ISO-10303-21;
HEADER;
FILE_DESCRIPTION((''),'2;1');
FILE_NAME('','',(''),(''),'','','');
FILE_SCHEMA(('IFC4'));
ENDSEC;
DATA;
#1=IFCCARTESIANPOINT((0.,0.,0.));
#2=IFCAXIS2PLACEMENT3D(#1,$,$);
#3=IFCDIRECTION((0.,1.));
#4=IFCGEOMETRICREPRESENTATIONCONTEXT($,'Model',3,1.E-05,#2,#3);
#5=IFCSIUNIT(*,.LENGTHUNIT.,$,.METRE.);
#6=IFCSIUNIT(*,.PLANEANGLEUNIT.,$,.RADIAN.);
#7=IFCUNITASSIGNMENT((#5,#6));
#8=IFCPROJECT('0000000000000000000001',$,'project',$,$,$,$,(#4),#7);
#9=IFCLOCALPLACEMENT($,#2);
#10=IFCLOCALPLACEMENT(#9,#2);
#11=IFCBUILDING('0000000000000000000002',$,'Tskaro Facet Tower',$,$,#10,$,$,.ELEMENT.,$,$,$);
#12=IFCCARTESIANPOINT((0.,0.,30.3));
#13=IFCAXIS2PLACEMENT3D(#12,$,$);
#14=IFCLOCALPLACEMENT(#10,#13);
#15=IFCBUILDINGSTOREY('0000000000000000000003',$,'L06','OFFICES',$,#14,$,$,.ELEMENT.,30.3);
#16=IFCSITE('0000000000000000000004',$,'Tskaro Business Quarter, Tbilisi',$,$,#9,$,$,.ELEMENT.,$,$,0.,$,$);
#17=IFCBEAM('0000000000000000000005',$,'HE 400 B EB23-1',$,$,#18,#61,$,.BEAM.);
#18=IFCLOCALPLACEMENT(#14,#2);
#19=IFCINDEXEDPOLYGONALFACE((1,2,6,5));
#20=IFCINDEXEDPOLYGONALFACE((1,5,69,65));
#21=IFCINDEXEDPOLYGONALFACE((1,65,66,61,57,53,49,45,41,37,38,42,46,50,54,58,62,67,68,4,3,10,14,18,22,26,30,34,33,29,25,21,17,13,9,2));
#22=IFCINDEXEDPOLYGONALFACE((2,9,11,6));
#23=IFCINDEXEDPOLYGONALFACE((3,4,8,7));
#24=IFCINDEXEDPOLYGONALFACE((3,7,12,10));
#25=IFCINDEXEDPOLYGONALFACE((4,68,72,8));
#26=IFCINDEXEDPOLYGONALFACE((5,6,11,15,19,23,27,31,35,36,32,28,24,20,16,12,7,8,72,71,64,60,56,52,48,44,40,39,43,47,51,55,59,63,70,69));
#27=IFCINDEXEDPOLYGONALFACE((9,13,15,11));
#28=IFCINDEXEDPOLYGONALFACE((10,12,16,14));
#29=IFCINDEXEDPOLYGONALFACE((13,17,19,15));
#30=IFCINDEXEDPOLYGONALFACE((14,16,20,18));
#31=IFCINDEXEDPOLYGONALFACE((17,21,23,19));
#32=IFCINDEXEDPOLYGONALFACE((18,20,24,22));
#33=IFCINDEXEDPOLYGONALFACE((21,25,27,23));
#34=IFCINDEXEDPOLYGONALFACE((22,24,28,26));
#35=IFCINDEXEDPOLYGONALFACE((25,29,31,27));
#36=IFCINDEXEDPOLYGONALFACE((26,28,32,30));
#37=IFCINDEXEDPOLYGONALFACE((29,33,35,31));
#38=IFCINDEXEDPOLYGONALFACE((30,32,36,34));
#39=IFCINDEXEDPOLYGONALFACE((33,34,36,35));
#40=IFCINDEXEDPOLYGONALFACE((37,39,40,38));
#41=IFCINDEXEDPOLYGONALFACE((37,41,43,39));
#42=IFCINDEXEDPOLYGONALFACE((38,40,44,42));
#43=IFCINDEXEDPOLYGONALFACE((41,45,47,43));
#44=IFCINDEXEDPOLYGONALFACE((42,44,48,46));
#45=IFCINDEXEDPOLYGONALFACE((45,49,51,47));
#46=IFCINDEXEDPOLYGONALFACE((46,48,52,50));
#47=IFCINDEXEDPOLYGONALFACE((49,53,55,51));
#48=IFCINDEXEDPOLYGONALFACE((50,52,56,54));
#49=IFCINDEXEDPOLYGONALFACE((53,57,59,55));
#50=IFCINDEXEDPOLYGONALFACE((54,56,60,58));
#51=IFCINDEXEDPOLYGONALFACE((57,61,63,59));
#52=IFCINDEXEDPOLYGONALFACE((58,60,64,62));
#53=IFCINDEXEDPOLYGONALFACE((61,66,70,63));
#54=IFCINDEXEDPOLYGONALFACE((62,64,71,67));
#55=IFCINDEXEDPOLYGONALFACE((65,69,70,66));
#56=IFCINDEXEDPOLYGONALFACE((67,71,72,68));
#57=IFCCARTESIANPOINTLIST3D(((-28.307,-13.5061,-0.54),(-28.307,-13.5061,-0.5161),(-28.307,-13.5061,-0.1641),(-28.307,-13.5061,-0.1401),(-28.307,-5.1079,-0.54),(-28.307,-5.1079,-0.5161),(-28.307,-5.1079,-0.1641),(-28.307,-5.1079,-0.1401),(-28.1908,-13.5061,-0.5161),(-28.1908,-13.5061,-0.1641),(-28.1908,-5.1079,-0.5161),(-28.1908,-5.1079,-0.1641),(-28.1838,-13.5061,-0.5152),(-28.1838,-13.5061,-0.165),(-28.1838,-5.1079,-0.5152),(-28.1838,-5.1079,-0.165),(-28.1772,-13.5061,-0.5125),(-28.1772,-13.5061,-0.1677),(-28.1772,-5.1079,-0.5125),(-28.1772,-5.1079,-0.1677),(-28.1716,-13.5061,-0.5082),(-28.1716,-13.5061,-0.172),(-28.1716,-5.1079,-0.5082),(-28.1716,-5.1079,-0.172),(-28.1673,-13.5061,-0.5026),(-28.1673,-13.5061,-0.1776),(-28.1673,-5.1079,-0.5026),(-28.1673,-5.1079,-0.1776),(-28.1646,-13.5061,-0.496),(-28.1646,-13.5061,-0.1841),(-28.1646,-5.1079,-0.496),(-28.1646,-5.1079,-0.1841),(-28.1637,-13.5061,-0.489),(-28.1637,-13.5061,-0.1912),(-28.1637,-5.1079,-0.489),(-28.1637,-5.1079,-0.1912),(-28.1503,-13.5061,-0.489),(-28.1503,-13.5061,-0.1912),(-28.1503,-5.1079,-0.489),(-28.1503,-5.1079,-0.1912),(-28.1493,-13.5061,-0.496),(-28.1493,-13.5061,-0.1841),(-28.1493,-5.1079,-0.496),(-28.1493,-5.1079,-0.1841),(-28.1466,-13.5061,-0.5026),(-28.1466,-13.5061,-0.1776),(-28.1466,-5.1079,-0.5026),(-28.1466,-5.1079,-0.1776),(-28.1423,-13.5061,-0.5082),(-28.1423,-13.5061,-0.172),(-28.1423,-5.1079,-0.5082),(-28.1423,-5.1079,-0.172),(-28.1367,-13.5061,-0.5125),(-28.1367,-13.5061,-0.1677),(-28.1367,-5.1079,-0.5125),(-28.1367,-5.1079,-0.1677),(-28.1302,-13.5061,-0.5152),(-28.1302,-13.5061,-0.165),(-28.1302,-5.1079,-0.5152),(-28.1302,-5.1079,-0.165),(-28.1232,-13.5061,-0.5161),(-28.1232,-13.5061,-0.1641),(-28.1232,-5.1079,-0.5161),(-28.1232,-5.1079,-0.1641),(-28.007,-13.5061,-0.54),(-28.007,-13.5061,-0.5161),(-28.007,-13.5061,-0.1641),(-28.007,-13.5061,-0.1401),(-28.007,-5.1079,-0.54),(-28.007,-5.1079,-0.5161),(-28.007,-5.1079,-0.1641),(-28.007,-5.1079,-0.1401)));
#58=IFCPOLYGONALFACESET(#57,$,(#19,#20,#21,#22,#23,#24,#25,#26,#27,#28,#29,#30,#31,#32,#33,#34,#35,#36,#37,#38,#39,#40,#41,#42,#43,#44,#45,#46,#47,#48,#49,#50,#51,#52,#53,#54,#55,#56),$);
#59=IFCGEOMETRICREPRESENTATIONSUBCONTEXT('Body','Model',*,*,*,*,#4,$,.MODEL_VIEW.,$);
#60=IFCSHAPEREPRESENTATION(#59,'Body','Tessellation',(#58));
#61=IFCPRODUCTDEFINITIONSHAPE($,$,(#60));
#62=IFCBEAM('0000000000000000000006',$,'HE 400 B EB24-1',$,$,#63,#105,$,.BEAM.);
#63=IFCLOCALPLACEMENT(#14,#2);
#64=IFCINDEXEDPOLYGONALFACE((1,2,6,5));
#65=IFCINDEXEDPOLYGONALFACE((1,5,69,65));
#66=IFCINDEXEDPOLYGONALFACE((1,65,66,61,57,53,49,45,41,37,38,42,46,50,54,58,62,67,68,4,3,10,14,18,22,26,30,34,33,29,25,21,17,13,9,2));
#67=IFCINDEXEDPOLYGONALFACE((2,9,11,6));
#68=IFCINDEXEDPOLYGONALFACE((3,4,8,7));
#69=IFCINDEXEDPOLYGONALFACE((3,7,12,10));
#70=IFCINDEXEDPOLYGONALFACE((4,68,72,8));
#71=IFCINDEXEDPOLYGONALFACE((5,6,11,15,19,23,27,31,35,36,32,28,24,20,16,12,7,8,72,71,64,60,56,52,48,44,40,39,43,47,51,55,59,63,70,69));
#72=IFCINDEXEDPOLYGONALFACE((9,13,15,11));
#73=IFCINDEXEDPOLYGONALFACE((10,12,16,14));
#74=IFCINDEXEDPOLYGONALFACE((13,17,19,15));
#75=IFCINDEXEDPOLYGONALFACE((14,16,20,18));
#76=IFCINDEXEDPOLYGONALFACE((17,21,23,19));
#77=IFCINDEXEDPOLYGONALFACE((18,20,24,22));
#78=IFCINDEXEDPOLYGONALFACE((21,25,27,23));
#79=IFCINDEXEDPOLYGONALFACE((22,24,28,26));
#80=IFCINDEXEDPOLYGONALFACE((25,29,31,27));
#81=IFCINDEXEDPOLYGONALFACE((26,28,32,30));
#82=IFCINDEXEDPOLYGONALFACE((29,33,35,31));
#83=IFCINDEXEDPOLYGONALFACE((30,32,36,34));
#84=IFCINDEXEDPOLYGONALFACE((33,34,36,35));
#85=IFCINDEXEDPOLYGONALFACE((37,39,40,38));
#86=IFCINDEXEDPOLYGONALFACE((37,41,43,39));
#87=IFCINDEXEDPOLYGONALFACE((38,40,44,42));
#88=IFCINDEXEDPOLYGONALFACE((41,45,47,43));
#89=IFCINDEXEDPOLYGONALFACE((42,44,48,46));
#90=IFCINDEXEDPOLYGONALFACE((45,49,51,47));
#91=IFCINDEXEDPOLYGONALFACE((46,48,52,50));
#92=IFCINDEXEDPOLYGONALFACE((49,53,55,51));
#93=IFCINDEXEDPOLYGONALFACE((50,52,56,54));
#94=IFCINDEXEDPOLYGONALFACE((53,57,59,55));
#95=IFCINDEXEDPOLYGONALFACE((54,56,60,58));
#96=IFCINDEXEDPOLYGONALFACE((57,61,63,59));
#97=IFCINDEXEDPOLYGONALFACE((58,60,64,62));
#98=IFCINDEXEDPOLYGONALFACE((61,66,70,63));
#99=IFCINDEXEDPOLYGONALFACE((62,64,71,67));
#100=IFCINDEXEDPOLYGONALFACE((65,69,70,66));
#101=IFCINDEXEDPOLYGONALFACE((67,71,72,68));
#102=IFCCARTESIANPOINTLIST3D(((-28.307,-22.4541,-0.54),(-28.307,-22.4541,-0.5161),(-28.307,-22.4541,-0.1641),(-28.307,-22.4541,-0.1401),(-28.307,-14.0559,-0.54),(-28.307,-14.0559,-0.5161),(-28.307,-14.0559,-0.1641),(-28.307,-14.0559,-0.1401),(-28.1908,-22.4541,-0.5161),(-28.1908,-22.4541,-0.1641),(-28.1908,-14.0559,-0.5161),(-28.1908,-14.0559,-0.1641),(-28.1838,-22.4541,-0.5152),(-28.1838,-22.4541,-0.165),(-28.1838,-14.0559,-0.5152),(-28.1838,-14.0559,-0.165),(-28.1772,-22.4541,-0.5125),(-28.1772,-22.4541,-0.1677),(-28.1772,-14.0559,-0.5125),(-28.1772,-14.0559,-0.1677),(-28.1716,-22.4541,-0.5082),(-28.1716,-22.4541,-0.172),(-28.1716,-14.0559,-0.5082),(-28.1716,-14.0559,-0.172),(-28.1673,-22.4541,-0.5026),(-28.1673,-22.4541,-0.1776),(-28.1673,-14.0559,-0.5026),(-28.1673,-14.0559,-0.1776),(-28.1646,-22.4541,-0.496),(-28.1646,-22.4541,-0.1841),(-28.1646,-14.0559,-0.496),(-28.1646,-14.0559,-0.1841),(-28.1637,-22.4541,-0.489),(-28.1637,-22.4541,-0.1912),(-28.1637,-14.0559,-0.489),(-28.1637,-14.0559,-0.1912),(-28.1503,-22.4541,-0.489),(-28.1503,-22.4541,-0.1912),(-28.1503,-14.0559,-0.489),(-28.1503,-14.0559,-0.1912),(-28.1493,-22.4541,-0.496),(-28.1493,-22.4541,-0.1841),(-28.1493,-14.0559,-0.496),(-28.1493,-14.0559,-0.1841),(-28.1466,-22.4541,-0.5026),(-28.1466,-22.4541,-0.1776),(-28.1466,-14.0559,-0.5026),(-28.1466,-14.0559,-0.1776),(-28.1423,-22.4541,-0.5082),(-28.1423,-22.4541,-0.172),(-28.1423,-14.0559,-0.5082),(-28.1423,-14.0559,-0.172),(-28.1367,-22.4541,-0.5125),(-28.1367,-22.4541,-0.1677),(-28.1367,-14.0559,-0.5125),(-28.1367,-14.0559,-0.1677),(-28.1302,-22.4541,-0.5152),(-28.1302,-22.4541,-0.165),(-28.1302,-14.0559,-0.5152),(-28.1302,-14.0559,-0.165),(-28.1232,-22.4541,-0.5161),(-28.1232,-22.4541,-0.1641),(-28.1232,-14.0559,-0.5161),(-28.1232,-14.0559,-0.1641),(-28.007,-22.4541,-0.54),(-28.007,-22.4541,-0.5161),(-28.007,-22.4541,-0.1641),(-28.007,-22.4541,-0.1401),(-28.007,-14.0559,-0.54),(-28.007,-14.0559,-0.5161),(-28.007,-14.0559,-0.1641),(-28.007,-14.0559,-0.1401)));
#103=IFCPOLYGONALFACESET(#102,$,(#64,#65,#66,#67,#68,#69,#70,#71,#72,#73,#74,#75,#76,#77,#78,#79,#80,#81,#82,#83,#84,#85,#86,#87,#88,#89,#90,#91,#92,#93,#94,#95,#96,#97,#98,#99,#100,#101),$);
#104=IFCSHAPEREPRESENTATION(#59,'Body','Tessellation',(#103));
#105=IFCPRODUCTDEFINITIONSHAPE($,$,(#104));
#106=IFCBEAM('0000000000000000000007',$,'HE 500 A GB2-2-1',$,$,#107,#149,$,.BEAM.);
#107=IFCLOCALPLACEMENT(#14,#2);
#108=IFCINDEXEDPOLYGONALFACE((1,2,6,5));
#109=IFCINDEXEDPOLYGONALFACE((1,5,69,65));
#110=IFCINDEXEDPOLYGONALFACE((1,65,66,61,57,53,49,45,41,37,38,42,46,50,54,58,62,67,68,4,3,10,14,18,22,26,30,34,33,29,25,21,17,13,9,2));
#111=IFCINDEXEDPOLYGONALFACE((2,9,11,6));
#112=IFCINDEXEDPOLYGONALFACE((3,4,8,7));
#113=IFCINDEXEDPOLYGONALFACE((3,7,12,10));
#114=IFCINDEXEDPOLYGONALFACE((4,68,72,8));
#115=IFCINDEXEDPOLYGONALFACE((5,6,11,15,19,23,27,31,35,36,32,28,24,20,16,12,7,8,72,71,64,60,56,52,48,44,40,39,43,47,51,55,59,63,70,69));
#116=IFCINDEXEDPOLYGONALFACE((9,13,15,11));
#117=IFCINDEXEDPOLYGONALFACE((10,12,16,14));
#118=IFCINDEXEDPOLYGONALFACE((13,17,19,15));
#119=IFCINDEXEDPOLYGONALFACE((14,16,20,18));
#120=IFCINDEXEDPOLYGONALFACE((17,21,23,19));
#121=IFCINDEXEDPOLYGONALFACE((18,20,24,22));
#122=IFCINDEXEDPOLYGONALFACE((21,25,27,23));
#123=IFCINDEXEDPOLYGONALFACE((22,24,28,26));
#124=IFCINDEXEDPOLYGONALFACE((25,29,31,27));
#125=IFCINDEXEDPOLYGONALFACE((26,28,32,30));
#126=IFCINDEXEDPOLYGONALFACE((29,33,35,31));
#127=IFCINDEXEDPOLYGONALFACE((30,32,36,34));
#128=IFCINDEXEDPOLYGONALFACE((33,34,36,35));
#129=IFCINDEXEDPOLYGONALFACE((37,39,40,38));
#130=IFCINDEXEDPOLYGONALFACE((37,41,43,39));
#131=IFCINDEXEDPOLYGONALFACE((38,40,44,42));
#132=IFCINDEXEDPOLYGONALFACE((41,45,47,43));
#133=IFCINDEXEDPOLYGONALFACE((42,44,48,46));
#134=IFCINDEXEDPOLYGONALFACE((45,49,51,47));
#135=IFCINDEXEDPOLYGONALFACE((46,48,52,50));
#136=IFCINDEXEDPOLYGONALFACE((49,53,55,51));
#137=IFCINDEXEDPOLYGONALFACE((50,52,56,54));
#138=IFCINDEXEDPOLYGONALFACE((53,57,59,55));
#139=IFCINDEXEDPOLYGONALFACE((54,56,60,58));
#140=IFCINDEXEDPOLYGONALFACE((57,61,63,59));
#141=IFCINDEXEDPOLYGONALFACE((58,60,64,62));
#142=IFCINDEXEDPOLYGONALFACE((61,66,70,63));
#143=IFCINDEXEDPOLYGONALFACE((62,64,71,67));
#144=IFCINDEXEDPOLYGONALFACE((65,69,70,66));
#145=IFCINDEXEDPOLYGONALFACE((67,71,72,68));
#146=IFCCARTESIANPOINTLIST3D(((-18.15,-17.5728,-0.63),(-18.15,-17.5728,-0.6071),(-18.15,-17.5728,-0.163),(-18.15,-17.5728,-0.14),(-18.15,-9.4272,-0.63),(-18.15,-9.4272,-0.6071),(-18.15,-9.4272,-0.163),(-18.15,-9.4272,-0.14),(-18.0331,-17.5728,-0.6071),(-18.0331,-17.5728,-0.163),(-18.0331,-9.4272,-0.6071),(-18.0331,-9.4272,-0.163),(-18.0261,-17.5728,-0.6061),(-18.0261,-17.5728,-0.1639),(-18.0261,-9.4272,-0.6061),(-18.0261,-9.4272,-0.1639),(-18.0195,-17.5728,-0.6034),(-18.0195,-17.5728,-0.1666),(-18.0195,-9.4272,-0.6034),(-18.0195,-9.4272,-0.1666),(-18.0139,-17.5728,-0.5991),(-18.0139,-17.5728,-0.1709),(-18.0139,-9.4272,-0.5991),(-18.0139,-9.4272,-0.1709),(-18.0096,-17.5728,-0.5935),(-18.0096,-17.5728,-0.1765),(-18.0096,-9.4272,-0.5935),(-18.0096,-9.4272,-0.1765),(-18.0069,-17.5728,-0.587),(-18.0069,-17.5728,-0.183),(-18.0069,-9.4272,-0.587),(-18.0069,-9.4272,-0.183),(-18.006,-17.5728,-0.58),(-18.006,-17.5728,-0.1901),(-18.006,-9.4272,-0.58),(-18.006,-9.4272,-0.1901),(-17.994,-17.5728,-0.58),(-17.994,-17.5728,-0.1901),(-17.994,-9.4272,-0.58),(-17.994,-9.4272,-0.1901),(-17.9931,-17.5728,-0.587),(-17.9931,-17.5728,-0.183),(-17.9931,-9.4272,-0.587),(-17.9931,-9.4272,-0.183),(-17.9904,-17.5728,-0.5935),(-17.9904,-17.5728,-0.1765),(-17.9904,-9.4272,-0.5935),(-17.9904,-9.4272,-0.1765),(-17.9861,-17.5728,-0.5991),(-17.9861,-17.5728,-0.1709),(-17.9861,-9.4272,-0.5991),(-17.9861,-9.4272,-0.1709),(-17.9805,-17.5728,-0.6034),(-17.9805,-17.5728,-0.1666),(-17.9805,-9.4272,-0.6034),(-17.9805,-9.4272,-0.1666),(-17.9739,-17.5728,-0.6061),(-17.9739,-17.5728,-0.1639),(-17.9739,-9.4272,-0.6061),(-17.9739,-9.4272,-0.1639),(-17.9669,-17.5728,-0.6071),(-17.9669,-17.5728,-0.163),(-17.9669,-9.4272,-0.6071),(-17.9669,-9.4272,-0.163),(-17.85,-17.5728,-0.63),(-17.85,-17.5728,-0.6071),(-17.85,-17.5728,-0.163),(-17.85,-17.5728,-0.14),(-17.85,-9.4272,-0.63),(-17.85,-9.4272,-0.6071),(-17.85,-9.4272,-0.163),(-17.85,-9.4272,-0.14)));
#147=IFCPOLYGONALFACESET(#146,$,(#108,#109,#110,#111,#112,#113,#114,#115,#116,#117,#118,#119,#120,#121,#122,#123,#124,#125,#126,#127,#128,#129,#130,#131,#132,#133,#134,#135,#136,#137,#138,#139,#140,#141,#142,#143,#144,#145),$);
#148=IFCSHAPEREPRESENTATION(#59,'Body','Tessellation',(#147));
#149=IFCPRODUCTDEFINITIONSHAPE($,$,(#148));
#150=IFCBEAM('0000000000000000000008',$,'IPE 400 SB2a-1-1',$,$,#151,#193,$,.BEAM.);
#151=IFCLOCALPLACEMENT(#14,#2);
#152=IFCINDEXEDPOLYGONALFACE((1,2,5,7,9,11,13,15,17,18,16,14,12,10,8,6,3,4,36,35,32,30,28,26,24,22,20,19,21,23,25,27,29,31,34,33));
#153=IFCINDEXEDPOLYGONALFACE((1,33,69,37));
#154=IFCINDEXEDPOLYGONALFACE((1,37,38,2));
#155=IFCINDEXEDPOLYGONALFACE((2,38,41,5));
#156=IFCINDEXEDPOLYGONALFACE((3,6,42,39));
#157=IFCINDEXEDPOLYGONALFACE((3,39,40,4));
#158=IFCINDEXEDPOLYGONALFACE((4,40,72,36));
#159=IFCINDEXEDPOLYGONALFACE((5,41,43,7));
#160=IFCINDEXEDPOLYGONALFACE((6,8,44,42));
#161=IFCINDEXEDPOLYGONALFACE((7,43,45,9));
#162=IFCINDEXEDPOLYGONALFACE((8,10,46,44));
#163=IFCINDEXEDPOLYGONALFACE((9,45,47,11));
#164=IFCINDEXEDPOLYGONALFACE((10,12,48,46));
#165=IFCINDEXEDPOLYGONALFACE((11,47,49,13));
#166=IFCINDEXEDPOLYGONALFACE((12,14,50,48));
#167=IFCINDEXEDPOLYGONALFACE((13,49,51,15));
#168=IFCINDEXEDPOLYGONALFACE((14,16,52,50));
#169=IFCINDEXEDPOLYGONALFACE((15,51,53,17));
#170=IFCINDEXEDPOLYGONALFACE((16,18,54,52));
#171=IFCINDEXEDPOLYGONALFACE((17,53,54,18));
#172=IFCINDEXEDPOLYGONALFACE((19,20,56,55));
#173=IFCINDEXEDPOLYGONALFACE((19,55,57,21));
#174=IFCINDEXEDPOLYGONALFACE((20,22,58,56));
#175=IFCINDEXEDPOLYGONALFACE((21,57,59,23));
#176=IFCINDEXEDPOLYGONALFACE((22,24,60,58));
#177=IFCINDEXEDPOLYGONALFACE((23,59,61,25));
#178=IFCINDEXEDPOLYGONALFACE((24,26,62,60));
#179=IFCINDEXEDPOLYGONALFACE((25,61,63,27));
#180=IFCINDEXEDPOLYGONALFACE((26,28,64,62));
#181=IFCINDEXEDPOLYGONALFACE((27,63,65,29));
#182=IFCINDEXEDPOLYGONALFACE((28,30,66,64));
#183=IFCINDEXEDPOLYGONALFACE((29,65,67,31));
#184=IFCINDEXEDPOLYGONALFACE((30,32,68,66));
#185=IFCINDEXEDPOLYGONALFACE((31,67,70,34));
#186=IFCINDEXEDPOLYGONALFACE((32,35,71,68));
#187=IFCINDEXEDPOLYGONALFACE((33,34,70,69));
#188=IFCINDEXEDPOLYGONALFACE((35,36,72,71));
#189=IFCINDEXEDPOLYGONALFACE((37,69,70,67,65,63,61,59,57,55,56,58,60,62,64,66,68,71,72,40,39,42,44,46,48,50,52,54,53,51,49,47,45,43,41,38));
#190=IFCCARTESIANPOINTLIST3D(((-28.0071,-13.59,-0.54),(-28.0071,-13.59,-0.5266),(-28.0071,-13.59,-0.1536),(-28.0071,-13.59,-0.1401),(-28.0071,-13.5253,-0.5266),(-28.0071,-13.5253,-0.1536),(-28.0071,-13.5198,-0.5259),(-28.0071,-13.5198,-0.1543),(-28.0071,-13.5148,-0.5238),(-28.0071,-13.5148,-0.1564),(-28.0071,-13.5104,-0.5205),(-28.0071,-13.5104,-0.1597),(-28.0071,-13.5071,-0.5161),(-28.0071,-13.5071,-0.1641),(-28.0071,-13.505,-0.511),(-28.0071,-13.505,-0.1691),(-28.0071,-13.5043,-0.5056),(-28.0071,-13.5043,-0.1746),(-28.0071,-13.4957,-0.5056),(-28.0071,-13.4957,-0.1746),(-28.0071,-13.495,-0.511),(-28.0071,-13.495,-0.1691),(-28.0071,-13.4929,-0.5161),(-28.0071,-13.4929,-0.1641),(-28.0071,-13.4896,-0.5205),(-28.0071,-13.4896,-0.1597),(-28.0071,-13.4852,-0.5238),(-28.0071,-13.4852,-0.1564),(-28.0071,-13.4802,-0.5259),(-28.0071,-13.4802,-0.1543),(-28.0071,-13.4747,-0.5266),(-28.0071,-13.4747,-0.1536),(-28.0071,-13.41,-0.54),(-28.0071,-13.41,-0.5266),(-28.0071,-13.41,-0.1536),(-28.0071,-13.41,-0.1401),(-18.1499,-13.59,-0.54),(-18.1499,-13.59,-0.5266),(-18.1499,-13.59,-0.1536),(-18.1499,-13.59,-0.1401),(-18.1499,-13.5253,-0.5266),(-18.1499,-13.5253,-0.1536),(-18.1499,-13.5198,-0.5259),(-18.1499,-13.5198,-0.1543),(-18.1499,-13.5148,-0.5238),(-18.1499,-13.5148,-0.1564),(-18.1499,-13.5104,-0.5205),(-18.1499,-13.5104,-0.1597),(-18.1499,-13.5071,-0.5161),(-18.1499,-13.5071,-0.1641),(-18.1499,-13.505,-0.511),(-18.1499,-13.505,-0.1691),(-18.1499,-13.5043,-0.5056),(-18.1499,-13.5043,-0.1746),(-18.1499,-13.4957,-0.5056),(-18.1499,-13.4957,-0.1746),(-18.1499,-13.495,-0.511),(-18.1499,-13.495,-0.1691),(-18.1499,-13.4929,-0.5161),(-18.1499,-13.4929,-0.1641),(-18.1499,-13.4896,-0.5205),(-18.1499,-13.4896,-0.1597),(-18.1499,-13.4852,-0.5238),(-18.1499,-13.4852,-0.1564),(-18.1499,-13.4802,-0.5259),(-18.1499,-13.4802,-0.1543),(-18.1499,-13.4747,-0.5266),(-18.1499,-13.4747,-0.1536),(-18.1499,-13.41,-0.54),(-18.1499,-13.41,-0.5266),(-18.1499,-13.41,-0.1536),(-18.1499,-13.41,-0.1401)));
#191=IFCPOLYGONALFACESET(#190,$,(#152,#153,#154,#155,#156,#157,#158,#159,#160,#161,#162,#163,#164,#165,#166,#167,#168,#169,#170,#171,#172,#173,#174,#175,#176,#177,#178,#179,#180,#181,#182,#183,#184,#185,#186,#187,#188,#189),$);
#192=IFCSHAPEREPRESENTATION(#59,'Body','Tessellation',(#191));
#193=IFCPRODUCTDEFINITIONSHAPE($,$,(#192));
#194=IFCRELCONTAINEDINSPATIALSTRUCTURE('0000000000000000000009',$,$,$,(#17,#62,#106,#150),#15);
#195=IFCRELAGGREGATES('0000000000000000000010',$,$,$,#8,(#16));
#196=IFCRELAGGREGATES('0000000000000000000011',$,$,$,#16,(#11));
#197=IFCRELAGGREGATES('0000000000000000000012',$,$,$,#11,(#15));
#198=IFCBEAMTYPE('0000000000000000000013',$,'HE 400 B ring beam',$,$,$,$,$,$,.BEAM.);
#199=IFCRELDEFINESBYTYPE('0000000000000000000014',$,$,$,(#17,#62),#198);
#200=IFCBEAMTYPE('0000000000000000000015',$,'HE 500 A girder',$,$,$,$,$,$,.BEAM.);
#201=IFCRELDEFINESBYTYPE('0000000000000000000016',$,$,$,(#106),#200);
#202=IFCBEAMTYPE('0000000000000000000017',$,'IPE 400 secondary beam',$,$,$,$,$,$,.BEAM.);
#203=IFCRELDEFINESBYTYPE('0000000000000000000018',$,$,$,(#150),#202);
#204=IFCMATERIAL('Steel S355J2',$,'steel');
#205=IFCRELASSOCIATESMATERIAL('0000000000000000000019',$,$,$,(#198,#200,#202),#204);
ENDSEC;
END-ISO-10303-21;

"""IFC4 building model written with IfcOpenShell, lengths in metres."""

from ifc_helpers import new_model, si_unit, direction, frame, origin, origin_2d, place, context, subcontext, project, spatial, i_section, extrude, material, material_profile, profile_set, type_object, element, save


model = new_model("IFC4")

# Units and contexts
model_context = context("Model", 3, precision=1e-05, world=origin(), true_north=direction((0.0, 1.0)))
body_context = subcontext(model_context, "Body", "Model", "MODEL_VIEW")
ifc_project = project(units=[si_unit("LENGTHUNIT", "METRE"), si_unit("PLANEANGLEUNIT", "RADIAN")], contexts=[model_context])

# Site, building, storey
site_placement = place(None, origin())
site = spatial("IfcSite", under=ifc_project, at=site_placement, Name="Tskaro Business Quarter, Tbilisi", CompositionType="ELEMENT", RefElevation=0.0)
building_placement = place(site_placement, origin())
building = spatial("IfcBuilding", under=site, at=building_placement, Name="Tskaro Facet Tower", CompositionType="ELEMENT")
storey_placement = place(building_placement, frame((0.0, 0.0, 30.3)))
storey = spatial("IfcBuildingStorey", under=building, at=storey_placement, Name="L06", Description="OFFICES", CompositionType="ELEMENT", Elevation=30.3)

# Beams
ifc_material_1 = material(Name="Steel S355J2", Category="steel")
ifc_material_profile_1 = material_profile(ifc_material_1, i_section(OverallWidth=0.3, OverallDepth=0.3999, WebThickness=0.0134, FlangeThickness=0.0239, FilletRadius=0.0271, at=origin_2d()), Name="HE 400 B")
ifc_profile_set_1 = profile_set([ifc_material_profile_1], Name="Steel S355J2")
beam_type_1 = type_object("IfcBeamType", Name="HE 400 B ring beam", PredefinedType="BEAM", material=ifc_profile_set_1)
for number, where, z_axis, x_axis, name in (
    (1, (-28.157, -5.1079, -0.3401), (0.0, -1.0, 0.0), (1.0, 0.0, 0.0), "HE 400 B EB23-1"),
    (2, (-28.157, -14.0559, -0.3401), (0.0, -1.0, 0.0), (1.0, 0.0, 0.0), "HE 400 B EB24-1"),
):
    element("IfcBeam", number, at=place(storey_placement, frame(where, z_axis=z_axis, x_axis=x_axis)), inside=storey, type_object=beam_type_1, Name=name, PredefinedType="BEAM", context=body_context, shape_type="SweptSolid", body=[
        extrude(i_section(OverallWidth=0.3, OverallDepth=0.3999, WebThickness=0.0134, FlangeThickness=0.0239, FilletRadius=0.0271, at=origin_2d()), origin(), (0.0, 0.0, 1.0), 8.3982),
    ])
ifc_material_profile_2 = material_profile(ifc_material_1, i_section(OverallWidth=0.3, OverallDepth=0.49, WebThickness=0.012, FlangeThickness=0.0229, FilletRadius=0.0271, at=origin_2d()), Name="HE 500 A")
ifc_profile_set_2 = profile_set([ifc_material_profile_2], Name="Steel S355J2")
beam_type_2 = type_object("IfcBeamType", Name="HE 500 A girder", PredefinedType="BEAM", material=ifc_profile_set_2)
beam_placement = place(storey_placement, frame((-18.0, -17.5728, -0.385), z_axis=(0.0, 1.0, 0.0), x_axis=(-1.0, 0.0, 0.0)))
element("IfcBeam", 3, at=beam_placement, inside=storey, type_object=beam_type_2, Name="HE 500 A GB2-2-1", PredefinedType="BEAM", context=body_context, shape_type="SweptSolid", body=[
    extrude(i_section(OverallWidth=0.3, OverallDepth=0.49, WebThickness=0.012, FlangeThickness=0.0229, FilletRadius=0.0271, at=origin_2d()), origin(), (0.0, 0.0, 1.0), 8.1455),
])
ifc_material_profile_3 = material_profile(ifc_material_1, i_section(OverallWidth=0.1799, OverallDepth=0.3999, WebThickness=0.0085, FlangeThickness=0.0134, FilletRadius=0.021, at=origin_2d()), Name="IPE 400")
ifc_profile_set_3 = profile_set([ifc_material_profile_3], Name="Steel S355J2")
beam_type_3 = type_object("IfcBeamType", Name="IPE 400 secondary beam", PredefinedType="BEAM", material=ifc_profile_set_3)
for number, where, z_axis, x_axis, name in (
    (4, (-28.0071, -13.5, -0.3401), (1.0, 0.0, 0.0), (0.0, 1.0, 0.0), "IPE 400 SB2a-1-1"),
):
    element("IfcBeam", number, at=place(storey_placement, frame(where, z_axis=z_axis, x_axis=x_axis)), inside=storey, type_object=beam_type_3, Name=name, PredefinedType="BEAM", context=body_context, shape_type="SweptSolid", body=[
        extrude(i_section(OverallWidth=0.1799, OverallDepth=0.3999, WebThickness=0.0085, FlangeThickness=0.0134, FilletRadius=0.021, at=origin_2d()), origin(), (0.0, 0.0, 1.0), 9.8572),
    ])

save(model, "model.ifc")
